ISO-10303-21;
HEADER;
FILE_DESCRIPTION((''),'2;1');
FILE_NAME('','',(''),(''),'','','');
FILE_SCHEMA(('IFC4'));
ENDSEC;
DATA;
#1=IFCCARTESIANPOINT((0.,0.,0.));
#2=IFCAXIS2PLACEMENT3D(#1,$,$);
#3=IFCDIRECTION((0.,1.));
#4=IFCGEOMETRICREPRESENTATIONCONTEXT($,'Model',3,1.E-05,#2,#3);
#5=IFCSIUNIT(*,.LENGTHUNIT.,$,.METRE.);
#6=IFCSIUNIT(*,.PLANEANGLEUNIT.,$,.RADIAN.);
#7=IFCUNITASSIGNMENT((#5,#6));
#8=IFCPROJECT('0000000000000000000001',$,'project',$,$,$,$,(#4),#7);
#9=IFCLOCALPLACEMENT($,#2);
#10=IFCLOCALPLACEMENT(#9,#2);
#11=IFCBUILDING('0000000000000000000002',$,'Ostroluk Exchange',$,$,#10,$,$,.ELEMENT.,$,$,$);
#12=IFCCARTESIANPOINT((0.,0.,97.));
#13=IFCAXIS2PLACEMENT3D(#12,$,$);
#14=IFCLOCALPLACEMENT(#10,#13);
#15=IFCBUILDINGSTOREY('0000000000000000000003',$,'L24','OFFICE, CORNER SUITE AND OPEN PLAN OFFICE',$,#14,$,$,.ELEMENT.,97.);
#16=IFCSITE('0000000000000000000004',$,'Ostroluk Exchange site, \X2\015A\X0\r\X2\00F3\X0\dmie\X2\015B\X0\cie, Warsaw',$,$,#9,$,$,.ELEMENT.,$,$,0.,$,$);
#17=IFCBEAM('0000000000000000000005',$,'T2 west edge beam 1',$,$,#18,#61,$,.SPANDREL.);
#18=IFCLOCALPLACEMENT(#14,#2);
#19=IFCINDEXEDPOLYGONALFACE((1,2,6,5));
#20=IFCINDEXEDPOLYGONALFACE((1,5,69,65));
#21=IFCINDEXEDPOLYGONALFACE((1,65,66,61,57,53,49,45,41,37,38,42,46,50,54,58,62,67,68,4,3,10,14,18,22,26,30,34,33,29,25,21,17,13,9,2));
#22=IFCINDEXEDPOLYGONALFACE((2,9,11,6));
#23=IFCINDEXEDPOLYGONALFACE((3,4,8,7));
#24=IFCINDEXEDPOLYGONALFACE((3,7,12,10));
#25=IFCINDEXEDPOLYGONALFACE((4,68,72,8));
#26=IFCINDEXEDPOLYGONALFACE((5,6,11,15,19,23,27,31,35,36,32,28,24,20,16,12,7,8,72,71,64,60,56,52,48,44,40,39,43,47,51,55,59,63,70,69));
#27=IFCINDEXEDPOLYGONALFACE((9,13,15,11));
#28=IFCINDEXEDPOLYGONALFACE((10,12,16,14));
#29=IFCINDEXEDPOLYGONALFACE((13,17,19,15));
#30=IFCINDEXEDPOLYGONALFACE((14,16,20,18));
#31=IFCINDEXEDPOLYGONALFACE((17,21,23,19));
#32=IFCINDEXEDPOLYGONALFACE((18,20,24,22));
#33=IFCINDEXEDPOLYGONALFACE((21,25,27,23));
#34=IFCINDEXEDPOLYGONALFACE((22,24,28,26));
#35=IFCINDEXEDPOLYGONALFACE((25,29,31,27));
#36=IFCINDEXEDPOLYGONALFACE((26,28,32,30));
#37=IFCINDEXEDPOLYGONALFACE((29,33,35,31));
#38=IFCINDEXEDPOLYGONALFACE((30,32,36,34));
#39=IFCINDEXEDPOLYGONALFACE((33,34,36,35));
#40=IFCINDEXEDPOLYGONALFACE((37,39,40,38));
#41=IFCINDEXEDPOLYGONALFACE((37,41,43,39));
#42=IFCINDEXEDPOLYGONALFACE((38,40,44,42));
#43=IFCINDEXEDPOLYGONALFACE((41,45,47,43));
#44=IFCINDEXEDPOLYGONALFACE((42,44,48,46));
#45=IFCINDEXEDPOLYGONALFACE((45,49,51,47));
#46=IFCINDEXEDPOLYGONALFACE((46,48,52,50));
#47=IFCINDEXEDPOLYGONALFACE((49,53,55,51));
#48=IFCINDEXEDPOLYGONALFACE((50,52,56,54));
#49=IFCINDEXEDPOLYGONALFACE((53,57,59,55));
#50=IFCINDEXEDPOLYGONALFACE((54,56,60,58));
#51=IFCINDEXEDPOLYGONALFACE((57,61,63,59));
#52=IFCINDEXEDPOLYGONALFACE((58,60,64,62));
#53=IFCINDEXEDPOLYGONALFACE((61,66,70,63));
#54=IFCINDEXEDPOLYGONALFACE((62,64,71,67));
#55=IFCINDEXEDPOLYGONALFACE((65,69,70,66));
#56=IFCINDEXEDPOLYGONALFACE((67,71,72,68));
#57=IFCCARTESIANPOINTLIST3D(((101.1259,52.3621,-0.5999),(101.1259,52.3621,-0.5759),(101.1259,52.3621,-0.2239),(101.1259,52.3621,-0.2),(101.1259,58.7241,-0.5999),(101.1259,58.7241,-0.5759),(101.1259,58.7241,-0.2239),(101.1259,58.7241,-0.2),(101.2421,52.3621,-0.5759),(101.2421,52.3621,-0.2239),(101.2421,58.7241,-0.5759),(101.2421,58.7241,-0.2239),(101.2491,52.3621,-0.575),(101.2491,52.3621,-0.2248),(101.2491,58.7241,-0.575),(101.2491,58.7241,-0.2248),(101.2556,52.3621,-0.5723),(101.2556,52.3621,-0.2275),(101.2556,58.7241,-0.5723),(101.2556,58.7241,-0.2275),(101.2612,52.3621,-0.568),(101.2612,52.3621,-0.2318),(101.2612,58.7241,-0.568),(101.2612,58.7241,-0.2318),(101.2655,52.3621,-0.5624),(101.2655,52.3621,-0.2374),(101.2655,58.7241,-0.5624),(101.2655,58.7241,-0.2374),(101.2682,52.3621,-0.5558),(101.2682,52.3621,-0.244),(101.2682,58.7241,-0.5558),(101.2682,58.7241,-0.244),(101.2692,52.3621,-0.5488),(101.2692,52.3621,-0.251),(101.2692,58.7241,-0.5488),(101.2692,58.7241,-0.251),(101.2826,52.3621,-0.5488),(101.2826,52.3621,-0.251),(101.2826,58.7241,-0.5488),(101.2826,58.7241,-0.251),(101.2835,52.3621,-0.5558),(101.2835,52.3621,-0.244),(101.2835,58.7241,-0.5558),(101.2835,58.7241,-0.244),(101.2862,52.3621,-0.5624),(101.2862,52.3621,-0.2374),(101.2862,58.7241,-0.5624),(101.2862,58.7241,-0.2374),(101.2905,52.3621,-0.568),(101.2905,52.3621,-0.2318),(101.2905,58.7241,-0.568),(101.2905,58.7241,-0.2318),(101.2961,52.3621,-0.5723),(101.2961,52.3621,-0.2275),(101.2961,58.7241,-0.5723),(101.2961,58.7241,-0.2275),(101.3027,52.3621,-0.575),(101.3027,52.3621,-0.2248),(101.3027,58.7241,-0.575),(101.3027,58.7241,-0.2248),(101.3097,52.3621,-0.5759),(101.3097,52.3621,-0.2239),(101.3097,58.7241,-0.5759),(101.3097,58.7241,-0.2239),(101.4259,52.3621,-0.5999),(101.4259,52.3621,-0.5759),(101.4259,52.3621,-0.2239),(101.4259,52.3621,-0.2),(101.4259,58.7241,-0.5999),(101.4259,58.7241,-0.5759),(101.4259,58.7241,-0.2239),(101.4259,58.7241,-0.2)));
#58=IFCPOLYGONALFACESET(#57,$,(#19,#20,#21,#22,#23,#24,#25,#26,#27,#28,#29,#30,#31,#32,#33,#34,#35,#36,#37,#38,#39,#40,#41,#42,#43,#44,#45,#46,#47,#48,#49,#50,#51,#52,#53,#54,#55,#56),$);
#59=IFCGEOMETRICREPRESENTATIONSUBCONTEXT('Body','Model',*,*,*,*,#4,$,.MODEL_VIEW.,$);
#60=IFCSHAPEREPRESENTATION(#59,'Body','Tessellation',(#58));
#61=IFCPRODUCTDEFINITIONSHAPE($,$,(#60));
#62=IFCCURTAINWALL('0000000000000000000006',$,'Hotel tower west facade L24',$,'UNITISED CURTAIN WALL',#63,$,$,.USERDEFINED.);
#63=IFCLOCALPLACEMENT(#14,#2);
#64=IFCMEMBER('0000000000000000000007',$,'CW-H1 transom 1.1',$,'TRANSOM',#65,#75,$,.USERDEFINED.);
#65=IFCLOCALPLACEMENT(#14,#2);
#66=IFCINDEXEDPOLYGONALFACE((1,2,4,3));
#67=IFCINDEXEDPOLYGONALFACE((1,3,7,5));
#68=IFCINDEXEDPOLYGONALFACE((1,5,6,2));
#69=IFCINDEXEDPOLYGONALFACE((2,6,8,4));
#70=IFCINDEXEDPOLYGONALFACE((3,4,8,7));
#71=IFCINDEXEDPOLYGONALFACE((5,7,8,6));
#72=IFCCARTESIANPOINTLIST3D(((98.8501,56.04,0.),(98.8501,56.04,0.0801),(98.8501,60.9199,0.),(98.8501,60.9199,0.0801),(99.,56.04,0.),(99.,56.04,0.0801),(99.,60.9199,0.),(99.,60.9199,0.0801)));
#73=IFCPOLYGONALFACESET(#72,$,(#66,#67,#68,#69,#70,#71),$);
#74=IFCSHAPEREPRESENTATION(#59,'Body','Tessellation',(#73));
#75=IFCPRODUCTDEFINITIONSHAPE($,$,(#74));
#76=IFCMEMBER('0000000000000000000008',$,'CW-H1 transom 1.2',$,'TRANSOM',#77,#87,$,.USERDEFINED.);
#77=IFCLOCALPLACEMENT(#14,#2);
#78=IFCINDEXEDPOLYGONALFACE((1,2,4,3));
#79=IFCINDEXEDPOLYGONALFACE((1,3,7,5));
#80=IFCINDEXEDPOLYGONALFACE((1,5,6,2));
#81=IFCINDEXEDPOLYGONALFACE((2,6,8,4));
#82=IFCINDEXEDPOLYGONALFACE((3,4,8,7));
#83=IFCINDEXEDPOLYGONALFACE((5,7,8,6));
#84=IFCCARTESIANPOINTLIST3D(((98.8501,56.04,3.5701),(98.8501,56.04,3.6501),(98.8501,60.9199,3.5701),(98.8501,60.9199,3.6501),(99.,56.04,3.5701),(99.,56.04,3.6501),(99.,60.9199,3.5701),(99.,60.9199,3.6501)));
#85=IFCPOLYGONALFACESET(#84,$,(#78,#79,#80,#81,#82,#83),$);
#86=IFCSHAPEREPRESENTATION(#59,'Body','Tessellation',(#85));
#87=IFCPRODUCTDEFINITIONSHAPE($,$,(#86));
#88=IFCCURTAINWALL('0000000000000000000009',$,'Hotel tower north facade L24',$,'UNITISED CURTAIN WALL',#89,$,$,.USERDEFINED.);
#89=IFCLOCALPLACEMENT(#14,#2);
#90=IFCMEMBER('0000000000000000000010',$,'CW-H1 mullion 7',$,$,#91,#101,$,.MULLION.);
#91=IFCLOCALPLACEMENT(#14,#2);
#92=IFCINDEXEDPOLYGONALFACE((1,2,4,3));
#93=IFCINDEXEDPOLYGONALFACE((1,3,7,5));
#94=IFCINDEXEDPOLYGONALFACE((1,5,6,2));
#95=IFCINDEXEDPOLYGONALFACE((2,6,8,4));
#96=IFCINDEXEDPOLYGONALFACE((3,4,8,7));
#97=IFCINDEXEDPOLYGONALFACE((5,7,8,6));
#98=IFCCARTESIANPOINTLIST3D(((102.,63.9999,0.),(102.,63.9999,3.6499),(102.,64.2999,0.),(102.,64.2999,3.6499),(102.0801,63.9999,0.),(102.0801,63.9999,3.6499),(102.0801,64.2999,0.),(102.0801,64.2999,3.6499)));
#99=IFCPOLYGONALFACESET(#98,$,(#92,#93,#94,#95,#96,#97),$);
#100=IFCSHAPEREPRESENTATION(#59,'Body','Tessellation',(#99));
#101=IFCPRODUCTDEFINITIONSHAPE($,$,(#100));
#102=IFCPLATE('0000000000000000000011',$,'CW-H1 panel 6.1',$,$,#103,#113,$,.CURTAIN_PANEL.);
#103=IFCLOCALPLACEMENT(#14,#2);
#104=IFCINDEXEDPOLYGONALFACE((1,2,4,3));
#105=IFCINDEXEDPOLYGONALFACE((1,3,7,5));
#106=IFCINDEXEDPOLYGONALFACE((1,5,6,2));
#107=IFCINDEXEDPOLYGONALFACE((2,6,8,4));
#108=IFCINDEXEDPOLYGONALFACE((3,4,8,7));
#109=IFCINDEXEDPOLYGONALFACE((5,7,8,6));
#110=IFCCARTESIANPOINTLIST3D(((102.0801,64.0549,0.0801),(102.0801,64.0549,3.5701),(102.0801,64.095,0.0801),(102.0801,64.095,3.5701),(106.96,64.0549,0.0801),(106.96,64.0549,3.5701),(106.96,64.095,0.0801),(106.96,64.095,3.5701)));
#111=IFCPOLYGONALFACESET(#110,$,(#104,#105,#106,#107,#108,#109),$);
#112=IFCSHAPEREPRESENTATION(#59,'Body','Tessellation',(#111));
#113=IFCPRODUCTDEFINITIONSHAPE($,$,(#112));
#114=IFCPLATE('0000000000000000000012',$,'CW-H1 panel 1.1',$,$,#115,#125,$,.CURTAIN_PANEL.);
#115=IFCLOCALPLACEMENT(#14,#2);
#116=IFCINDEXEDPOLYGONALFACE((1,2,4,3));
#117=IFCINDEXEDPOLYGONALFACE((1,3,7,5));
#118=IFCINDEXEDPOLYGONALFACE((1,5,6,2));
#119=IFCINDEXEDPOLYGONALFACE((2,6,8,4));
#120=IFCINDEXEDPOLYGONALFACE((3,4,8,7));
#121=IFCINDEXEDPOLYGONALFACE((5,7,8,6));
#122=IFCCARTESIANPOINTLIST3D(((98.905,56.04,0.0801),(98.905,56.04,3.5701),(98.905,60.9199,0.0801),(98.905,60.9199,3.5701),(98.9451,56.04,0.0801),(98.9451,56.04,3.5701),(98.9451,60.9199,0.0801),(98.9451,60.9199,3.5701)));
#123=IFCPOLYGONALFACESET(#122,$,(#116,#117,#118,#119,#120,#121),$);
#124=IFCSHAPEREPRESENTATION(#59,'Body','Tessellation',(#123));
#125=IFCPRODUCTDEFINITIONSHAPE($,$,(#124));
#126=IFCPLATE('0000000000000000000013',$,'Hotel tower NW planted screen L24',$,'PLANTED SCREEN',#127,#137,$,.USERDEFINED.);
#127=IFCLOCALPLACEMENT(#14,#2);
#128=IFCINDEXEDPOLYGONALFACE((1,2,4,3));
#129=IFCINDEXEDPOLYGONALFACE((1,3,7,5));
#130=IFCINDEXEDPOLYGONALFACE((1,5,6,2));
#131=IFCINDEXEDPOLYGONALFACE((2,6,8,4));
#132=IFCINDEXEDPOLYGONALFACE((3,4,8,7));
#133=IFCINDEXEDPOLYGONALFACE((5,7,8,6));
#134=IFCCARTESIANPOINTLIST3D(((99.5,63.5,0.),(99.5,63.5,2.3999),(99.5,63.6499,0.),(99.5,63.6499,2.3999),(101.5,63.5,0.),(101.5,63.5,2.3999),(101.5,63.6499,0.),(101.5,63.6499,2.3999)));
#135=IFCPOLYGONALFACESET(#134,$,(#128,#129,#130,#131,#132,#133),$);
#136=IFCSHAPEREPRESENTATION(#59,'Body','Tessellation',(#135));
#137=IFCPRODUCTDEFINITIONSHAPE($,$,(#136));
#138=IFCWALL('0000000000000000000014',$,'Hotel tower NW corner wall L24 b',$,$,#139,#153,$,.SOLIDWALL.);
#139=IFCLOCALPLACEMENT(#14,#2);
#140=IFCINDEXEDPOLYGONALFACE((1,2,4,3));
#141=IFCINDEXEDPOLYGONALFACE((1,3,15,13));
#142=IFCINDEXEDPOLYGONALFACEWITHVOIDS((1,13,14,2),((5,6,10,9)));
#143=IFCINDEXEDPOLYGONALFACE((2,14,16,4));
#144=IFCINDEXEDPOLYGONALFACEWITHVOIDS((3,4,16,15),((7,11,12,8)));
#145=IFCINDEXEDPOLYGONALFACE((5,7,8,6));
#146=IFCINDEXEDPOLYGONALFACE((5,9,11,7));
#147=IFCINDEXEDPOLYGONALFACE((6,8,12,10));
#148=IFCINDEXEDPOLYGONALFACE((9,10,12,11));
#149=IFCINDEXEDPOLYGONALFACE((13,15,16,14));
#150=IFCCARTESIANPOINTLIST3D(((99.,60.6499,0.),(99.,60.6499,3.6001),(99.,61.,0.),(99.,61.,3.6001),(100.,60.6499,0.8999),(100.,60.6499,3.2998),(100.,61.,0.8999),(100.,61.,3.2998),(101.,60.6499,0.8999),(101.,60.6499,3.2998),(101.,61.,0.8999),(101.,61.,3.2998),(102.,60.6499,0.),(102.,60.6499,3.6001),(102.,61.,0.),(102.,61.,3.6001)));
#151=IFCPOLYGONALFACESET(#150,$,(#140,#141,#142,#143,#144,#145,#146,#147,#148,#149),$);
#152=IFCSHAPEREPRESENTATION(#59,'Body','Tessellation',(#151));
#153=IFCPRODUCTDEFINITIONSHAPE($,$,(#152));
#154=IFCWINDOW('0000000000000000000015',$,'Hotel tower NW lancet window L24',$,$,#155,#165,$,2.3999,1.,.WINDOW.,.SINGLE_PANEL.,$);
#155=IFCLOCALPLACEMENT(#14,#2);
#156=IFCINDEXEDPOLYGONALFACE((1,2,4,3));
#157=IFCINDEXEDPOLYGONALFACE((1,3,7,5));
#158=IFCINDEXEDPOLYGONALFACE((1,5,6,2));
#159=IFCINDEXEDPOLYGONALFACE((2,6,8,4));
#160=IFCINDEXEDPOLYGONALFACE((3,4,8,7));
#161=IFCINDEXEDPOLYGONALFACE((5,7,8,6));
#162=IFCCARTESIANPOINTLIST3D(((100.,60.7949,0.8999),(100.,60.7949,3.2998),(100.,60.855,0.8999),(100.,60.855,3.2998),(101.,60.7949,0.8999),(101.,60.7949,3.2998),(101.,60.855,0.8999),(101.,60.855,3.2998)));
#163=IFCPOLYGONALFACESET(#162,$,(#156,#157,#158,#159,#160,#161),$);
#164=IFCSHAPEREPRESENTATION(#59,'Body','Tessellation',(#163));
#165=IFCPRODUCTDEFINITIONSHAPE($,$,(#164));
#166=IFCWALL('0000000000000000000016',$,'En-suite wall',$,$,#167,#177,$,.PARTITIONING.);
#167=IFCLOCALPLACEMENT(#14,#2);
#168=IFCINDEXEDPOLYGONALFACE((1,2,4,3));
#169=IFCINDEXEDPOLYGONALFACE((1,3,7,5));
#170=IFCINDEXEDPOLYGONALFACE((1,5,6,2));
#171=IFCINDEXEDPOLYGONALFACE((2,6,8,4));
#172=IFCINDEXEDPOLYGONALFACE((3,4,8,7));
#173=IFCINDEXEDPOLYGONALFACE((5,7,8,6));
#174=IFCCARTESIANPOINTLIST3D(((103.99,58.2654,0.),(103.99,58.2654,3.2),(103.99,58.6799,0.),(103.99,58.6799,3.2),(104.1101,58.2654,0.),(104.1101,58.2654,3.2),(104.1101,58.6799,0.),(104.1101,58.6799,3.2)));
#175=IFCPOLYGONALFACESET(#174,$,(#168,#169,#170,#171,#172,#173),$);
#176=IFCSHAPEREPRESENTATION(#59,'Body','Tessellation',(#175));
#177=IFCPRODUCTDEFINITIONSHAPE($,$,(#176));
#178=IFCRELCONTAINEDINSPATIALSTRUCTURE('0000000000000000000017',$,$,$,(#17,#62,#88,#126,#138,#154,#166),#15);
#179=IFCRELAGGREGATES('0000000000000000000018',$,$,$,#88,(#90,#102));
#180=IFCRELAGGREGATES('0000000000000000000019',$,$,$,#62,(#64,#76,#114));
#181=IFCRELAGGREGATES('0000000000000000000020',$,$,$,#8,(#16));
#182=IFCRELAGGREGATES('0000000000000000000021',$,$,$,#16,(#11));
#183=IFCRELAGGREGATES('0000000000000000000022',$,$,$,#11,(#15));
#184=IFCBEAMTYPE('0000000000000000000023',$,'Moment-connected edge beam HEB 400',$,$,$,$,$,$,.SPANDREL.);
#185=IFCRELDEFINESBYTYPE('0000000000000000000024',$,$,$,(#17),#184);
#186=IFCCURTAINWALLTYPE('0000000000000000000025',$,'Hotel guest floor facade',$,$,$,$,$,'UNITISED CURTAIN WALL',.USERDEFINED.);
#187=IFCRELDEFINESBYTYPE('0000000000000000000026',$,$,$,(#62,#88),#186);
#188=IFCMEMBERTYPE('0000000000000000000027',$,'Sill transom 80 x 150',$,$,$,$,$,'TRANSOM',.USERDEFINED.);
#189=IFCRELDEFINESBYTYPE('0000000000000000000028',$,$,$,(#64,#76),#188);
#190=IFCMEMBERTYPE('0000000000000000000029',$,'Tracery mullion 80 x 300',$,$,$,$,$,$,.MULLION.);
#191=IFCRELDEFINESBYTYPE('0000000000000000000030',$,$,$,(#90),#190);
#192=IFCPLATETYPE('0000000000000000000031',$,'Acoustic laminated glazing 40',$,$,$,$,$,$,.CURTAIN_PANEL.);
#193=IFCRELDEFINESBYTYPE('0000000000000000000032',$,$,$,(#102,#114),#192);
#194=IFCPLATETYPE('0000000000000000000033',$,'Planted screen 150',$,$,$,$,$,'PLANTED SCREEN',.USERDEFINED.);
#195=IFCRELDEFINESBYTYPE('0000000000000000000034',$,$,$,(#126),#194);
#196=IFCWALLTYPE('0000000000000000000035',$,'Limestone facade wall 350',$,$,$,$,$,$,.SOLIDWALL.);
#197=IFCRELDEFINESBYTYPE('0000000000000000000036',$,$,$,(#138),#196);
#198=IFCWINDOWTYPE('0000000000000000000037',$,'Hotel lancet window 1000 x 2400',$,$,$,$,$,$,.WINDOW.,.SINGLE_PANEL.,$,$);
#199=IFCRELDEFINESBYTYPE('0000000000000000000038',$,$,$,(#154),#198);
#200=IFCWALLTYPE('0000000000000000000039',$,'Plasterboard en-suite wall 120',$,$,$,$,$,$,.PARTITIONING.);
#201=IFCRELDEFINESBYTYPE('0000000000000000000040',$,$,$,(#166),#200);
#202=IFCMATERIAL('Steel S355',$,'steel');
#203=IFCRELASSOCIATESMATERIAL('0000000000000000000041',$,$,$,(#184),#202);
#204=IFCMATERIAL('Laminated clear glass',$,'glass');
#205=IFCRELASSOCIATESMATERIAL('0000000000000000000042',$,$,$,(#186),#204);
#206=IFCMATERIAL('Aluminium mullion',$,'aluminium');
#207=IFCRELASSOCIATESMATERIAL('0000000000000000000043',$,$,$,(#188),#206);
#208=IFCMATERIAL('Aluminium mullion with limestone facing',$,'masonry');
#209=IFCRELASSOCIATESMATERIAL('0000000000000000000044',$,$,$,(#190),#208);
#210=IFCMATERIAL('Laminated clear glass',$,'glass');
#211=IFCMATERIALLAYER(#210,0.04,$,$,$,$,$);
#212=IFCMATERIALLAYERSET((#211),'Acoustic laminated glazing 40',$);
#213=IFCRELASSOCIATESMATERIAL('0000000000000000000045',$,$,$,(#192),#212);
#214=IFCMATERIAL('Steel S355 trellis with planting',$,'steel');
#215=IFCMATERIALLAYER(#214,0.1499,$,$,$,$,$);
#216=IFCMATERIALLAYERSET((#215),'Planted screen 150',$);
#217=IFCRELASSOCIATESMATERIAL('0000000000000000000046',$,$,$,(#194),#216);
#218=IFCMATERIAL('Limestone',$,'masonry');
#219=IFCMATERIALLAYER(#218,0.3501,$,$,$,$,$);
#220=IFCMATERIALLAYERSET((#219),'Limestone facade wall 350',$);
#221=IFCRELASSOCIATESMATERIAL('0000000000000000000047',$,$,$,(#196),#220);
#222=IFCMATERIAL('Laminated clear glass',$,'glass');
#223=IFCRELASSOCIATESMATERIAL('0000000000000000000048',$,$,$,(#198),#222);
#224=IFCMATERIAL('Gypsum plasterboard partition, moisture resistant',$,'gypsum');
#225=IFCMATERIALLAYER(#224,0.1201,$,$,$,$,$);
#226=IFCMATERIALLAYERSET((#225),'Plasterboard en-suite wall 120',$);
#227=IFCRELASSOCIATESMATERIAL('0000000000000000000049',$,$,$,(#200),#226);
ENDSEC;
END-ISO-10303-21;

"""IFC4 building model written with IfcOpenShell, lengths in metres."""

from ifc_helpers import new_model, si_unit, direction, frame, frame_2d, origin, origin_2d, place, context, subcontext, project, spatial, rectangle, i_section, extrude, material, layer, layer_set, material_profile, profile_set, type_object, element, fill, aggregate, save


model = new_model("IFC4")

# Units and contexts
model_context = context("Model", 3, precision=1e-05, world=origin(), true_north=direction((0.0, 1.0)))
body_context = subcontext(model_context, "Body", "Model", "MODEL_VIEW")
ifc_project = project(units=[si_unit("LENGTHUNIT", "METRE"), si_unit("PLANEANGLEUNIT", "RADIAN")], contexts=[model_context])

# Site, building, storey
site_placement = place(None, origin())
site = spatial("IfcSite", under=ifc_project, at=site_placement, Name="Ostroluk Exchange site, Śródmieście, Warsaw", CompositionType="ELEMENT", RefElevation=0.0)
building_placement = place(site_placement, origin())
building = spatial("IfcBuilding", under=site, at=building_placement, Name="Ostroluk Exchange", CompositionType="ELEMENT")
storey_placement = place(building_placement, frame((0.0, 0.0, 97.0)))
storey = spatial("IfcBuildingStorey", under=building, at=storey_placement, Name="L24", Description="OFFICE, CORNER SUITE AND OPEN PLAN OFFICE", CompositionType="ELEMENT", Elevation=97.0)

# Beam
ifc_material_1 = material(Name="Steel S355", Category="steel")
ifc_material_profile_1 = material_profile(ifc_material_1, i_section(OverallWidth=0.3, OverallDepth=0.3999, WebThickness=0.0134, FlangeThickness=0.0239, FilletRadius=0.0271, at=origin_2d()), Name="HEB 400")
ifc_profile_set_1 = profile_set([ifc_material_profile_1], Name="Steel S355")
beam_type_1 = type_object("IfcBeamType", Name="Moment-connected edge beam HEB 400", PredefinedType="SPANDREL", material=ifc_profile_set_1)
beam_1_placement = place(storey_placement, frame((101.2759, 58.7241, -0.3999), z_axis=(0.0, -1.0, 0.0), x_axis=(1.0, 0.0, 0.0)))
element("IfcBeam", 1, at=beam_1_placement, inside=storey, type_object=beam_type_1, Name="T2 west edge beam 1", PredefinedType="SPANDREL", context=body_context, shape_type="SweptSolid", body=[
    extrude(i_section(OverallWidth=0.3, OverallDepth=0.3999, WebThickness=0.0134, FlangeThickness=0.0239, FilletRadius=0.0271, at=origin_2d()), origin(), (0.0, 0.0, 1.0), 6.3621),
])

# Curtain wall, members
ifc_material_2 = material(Name="Laminated clear glass", Category="glass")
curtain_wall_type = type_object("IfcCurtainWallType", Name="Hotel guest floor facade", ElementType="UNITISED CURTAIN WALL", PredefinedType="USERDEFINED", material=ifc_material_2)
curtain_wall_1_placement = place(storey_placement, origin())
curtain_wall_1 = element("IfcCurtainWall", 2, at=curtain_wall_1_placement, inside=storey, type_object=curtain_wall_type, Name="Hotel tower west facade L24", ObjectType="UNITISED CURTAIN WALL", PredefinedType="USERDEFINED")
ifc_material_3 = material(Name="Aluminium mullion", Category="aluminium")
ifc_material_profile_2 = material_profile(ifc_material_3, rectangle(XDim=0.1499, YDim=0.0801, at=origin_2d()), Name="Sill transom 80 x 150")
ifc_profile_set_2 = profile_set([ifc_material_profile_2], Name="Aluminium mullion")
member_type_1 = type_object("IfcMemberType", Name="Sill transom 80 x 150", ElementType="TRANSOM", PredefinedType="USERDEFINED", material=ifc_profile_set_2)
member_1_placement = place(storey_placement, frame((98.925, 60.9199, 0.04), z_axis=(0.0, -1.0, 0.0), x_axis=(1.0, 0.0, 0.0)))
member_1 = element("IfcMember", 3, at=member_1_placement, type_object=member_type_1, Name="CW-H1 transom 1.1", ObjectType="TRANSOM", PredefinedType="USERDEFINED", context=body_context, shape_type="SweptSolid", body=[
    extrude(rectangle(XDim=0.1499, YDim=0.0801, at=origin_2d()), origin(), (0.0, 0.0, 1.0), 4.8799),
])
member_2_placement = place(storey_placement, frame((98.925, 60.9199, 3.6101), z_axis=(0.0, -1.0, 0.0), x_axis=(1.0, 0.0, 0.0)))
member_2 = element("IfcMember", 4, at=member_2_placement, type_object=member_type_1, Name="CW-H1 transom 1.2", ObjectType="TRANSOM", PredefinedType="USERDEFINED", context=body_context, shape_type="SweptSolid", body=[
    extrude(rectangle(XDim=0.1499, YDim=0.0801, at=origin_2d()), origin(), (0.0, 0.0, 1.0), 4.8799),
])

# Curtain wall, member, plate
curtain_wall_2_placement = place(storey_placement, origin())
curtain_wall_2 = element("IfcCurtainWall", 5, at=curtain_wall_2_placement, inside=storey, type_object=curtain_wall_type, Name="Hotel tower north facade L24", ObjectType="UNITISED CURTAIN WALL", PredefinedType="USERDEFINED")
ifc_material_4 = material(Name="Aluminium mullion with limestone facing", Category="masonry")
ifc_material_profile_3 = material_profile(ifc_material_4, rectangle(XDim=0.3, YDim=0.0801, at=origin_2d()), Name="Tracery mullion 80 x 300")
ifc_profile_set_3 = profile_set([ifc_material_profile_3], Name="Aluminium mullion with limestone facing")
member_type_2 = type_object("IfcMemberType", Name="Tracery mullion 80 x 300", PredefinedType="MULLION", material=ifc_profile_set_3)
member_3_placement = place(storey_placement, frame((102.04, 64.1499, 0.0), z_axis=(0.0, 0.0, 1.0), x_axis=(0.0, -1.0, 0.0)))
member_3 = element("IfcMember", 6, at=member_3_placement, type_object=member_type_2, Name="CW-H1 mullion 7", PredefinedType="MULLION", context=body_context, shape_type="SweptSolid", body=[
    extrude(rectangle(XDim=0.3, YDim=0.0801, at=origin_2d()), origin(), (0.0, 0.0, 1.0), 3.6499),
])
ifc_material_5 = material(Name="Laminated clear glass", Category="glass")
ifc_layer_1 = layer(ifc_material_5, 0.04)
ifc_layer_set_1 = layer_set([ifc_layer_1], Name="Acoustic laminated glazing 40")
plate_type_1 = type_object("IfcPlateType", Name="Acoustic laminated glazing 40", PredefinedType="CURTAIN_PANEL", material=ifc_layer_set_1)
plate_1_placement = place(storey_placement, frame((104.52, 64.075, 0.0801), z_axis=(0.0, 0.0, 1.0), x_axis=(-1.0, 0.0, 0.0)))
plate_1 = element("IfcPlate", 7, at=plate_1_placement, type_object=plate_type_1, Name="CW-H1 panel 6.1", PredefinedType="CURTAIN_PANEL", context=body_context, shape_type="SweptSolid", body=[
    extrude(rectangle(XDim=4.8799, YDim=0.04, at=origin_2d()), origin(), (0.0, 0.0, 1.0), 3.49),
])
aggregate(curtain_wall_2, [member_3, plate_1])

# Plates
plate_2_placement = place(storey_placement, frame((98.925, 58.48, 0.0801), z_axis=(0.0, 0.0, 1.0), x_axis=(0.0, -1.0, 0.0)))
plate_2 = element("IfcPlate", 8, at=plate_2_placement, type_object=plate_type_1, Name="CW-H1 panel 1.1", PredefinedType="CURTAIN_PANEL", context=body_context, shape_type="SweptSolid", body=[
    extrude(rectangle(XDim=4.8799, YDim=0.04, at=origin_2d()), origin(), (0.0, 0.0, 1.0), 3.49),
])
aggregate(curtain_wall_1, [member_1, member_2, plate_2])
ifc_material_6 = material(Name="Steel S355 trellis with planting", Category="steel")
ifc_layer_2 = layer(ifc_material_6, 0.1499)
ifc_layer_set_2 = layer_set([ifc_layer_2], Name="Planted screen 150")
plate_type_2 = type_object("IfcPlateType", Name="Planted screen 150", ElementType="PLANTED SCREEN", PredefinedType="USERDEFINED", material=ifc_layer_set_2)
plate_3_placement = place(storey_placement, frame((100.5, 63.575, 0.0), z_axis=(0.0, 0.0, 1.0), x_axis=(1.0, 0.0, 0.0)))
element("IfcPlate", 9, at=plate_3_placement, inside=storey, type_object=plate_type_2, Name="Hotel tower NW planted screen L24", ObjectType="PLANTED SCREEN", PredefinedType="USERDEFINED", context=body_context, shape_type="SweptSolid", body=[
    extrude(rectangle(XDim=2.0, YDim=0.1499, at=origin_2d()), origin(), (0.0, 0.0, 1.0), 2.3999),
])

# Shared definitions
ifc_material_7 = material(Name="Limestone", Category="masonry")
ifc_layer_3 = layer(ifc_material_7, 0.3501)
ifc_layer_set_3 = layer_set([ifc_layer_3], Name="Limestone facade wall 350")
wall_type_1 = type_object("IfcWallType", Name="Limestone facade wall 350", PredefinedType="SOLIDWALL", material=ifc_layer_set_3)

# Wall, opening, window
wall_1_placement = place(storey_placement, frame((102.0, 60.825, 0.0), z_axis=(0.0, 0.0, 1.0), x_axis=(-1.0, 0.0, 0.0)))
wall_1 = element("IfcWall", 10, at=wall_1_placement, inside=storey, type_object=wall_type_1, Name="Hotel tower NW corner wall L24 b", PredefinedType="SOLIDWALL", context=body_context, shape_type="SweptSolid", body=[
    extrude(rectangle(XDim=3.0, YDim=0.3501, at=frame_2d((1.5, 0.0))), origin(), (0.0, 0.0, 1.0), 3.6001),
])
opening_1_placement = place(wall_1_placement, frame((1.0, 0.0, 0.8999)))
opening_1 = element("IfcOpeningElement", 11, at=opening_1_placement, cuts=wall_1, PredefinedType="OPENING", context=body_context, shape_type="SweptSolid", body=[
    extrude(rectangle(XDim=1.0, YDim=2.3999, at=frame_2d((0.5, 1.2))), frame((0.0, 0.1851, 0.0), z_axis=(0.0, -1.0, 0.0), x_axis=(1.0, 0.0, 0.0)), (0.0, 0.0, 1.0), 0.3701),
])
ifc_material_8 = material(Name="Laminated clear glass", Category="glass")
window_type = type_object("IfcWindowType", Name="Hotel lancet window 1000 x 2400", PartitioningType="SINGLE_PANEL", PredefinedType="WINDOW", material=ifc_material_8)
window_placement = place(opening_1_placement, origin())
window = element("IfcWindow", 12, at=window_placement, inside=storey, type_object=window_type, Name="Hotel tower NW lancet window L24", OverallHeight=2.3999, OverallWidth=1.0, PartitioningType="SINGLE_PANEL", PredefinedType="WINDOW", context=body_context, shape_type="SweptSolid", body=[
    extrude(rectangle(XDim=1.0, YDim=2.3999, at=frame_2d((0.5, 1.2))), frame((0.0, 0.03, 0.0), z_axis=(0.0, -1.0, 0.0), x_axis=(1.0, 0.0, 0.0)), (0.0, 0.0, 1.0), 0.0601),
])
fill(opening_1, window)

# Wall
ifc_material_9 = material(Name="Gypsum plasterboard partition, moisture resistant", Category="gypsum")
ifc_layer_4 = layer(ifc_material_9, 0.1201)
ifc_layer_set_4 = layer_set([ifc_layer_4], Name="Plasterboard en-suite wall 120")
wall_type_2 = type_object("IfcWallType", Name="Plasterboard en-suite wall 120", PredefinedType="PARTITIONING", material=ifc_layer_set_4)
wall_2_placement = place(storey_placement, frame((104.05, 58.2654, 0.0), z_axis=(0.0, 0.0, 1.0), x_axis=(0.0, 1.0, 0.0)))
element("IfcWall", 13, at=wall_2_placement, inside=storey, type_object=wall_type_2, Name="En-suite wall", PredefinedType="PARTITIONING", context=body_context, shape_type="SweptSolid", body=[
    extrude(rectangle(XDim=0.4146, YDim=0.1201, at=frame_2d((0.2073, 0.0))), origin(), (0.0, 0.0, 1.0), 3.2),
])

save(model, "model.ifc")
